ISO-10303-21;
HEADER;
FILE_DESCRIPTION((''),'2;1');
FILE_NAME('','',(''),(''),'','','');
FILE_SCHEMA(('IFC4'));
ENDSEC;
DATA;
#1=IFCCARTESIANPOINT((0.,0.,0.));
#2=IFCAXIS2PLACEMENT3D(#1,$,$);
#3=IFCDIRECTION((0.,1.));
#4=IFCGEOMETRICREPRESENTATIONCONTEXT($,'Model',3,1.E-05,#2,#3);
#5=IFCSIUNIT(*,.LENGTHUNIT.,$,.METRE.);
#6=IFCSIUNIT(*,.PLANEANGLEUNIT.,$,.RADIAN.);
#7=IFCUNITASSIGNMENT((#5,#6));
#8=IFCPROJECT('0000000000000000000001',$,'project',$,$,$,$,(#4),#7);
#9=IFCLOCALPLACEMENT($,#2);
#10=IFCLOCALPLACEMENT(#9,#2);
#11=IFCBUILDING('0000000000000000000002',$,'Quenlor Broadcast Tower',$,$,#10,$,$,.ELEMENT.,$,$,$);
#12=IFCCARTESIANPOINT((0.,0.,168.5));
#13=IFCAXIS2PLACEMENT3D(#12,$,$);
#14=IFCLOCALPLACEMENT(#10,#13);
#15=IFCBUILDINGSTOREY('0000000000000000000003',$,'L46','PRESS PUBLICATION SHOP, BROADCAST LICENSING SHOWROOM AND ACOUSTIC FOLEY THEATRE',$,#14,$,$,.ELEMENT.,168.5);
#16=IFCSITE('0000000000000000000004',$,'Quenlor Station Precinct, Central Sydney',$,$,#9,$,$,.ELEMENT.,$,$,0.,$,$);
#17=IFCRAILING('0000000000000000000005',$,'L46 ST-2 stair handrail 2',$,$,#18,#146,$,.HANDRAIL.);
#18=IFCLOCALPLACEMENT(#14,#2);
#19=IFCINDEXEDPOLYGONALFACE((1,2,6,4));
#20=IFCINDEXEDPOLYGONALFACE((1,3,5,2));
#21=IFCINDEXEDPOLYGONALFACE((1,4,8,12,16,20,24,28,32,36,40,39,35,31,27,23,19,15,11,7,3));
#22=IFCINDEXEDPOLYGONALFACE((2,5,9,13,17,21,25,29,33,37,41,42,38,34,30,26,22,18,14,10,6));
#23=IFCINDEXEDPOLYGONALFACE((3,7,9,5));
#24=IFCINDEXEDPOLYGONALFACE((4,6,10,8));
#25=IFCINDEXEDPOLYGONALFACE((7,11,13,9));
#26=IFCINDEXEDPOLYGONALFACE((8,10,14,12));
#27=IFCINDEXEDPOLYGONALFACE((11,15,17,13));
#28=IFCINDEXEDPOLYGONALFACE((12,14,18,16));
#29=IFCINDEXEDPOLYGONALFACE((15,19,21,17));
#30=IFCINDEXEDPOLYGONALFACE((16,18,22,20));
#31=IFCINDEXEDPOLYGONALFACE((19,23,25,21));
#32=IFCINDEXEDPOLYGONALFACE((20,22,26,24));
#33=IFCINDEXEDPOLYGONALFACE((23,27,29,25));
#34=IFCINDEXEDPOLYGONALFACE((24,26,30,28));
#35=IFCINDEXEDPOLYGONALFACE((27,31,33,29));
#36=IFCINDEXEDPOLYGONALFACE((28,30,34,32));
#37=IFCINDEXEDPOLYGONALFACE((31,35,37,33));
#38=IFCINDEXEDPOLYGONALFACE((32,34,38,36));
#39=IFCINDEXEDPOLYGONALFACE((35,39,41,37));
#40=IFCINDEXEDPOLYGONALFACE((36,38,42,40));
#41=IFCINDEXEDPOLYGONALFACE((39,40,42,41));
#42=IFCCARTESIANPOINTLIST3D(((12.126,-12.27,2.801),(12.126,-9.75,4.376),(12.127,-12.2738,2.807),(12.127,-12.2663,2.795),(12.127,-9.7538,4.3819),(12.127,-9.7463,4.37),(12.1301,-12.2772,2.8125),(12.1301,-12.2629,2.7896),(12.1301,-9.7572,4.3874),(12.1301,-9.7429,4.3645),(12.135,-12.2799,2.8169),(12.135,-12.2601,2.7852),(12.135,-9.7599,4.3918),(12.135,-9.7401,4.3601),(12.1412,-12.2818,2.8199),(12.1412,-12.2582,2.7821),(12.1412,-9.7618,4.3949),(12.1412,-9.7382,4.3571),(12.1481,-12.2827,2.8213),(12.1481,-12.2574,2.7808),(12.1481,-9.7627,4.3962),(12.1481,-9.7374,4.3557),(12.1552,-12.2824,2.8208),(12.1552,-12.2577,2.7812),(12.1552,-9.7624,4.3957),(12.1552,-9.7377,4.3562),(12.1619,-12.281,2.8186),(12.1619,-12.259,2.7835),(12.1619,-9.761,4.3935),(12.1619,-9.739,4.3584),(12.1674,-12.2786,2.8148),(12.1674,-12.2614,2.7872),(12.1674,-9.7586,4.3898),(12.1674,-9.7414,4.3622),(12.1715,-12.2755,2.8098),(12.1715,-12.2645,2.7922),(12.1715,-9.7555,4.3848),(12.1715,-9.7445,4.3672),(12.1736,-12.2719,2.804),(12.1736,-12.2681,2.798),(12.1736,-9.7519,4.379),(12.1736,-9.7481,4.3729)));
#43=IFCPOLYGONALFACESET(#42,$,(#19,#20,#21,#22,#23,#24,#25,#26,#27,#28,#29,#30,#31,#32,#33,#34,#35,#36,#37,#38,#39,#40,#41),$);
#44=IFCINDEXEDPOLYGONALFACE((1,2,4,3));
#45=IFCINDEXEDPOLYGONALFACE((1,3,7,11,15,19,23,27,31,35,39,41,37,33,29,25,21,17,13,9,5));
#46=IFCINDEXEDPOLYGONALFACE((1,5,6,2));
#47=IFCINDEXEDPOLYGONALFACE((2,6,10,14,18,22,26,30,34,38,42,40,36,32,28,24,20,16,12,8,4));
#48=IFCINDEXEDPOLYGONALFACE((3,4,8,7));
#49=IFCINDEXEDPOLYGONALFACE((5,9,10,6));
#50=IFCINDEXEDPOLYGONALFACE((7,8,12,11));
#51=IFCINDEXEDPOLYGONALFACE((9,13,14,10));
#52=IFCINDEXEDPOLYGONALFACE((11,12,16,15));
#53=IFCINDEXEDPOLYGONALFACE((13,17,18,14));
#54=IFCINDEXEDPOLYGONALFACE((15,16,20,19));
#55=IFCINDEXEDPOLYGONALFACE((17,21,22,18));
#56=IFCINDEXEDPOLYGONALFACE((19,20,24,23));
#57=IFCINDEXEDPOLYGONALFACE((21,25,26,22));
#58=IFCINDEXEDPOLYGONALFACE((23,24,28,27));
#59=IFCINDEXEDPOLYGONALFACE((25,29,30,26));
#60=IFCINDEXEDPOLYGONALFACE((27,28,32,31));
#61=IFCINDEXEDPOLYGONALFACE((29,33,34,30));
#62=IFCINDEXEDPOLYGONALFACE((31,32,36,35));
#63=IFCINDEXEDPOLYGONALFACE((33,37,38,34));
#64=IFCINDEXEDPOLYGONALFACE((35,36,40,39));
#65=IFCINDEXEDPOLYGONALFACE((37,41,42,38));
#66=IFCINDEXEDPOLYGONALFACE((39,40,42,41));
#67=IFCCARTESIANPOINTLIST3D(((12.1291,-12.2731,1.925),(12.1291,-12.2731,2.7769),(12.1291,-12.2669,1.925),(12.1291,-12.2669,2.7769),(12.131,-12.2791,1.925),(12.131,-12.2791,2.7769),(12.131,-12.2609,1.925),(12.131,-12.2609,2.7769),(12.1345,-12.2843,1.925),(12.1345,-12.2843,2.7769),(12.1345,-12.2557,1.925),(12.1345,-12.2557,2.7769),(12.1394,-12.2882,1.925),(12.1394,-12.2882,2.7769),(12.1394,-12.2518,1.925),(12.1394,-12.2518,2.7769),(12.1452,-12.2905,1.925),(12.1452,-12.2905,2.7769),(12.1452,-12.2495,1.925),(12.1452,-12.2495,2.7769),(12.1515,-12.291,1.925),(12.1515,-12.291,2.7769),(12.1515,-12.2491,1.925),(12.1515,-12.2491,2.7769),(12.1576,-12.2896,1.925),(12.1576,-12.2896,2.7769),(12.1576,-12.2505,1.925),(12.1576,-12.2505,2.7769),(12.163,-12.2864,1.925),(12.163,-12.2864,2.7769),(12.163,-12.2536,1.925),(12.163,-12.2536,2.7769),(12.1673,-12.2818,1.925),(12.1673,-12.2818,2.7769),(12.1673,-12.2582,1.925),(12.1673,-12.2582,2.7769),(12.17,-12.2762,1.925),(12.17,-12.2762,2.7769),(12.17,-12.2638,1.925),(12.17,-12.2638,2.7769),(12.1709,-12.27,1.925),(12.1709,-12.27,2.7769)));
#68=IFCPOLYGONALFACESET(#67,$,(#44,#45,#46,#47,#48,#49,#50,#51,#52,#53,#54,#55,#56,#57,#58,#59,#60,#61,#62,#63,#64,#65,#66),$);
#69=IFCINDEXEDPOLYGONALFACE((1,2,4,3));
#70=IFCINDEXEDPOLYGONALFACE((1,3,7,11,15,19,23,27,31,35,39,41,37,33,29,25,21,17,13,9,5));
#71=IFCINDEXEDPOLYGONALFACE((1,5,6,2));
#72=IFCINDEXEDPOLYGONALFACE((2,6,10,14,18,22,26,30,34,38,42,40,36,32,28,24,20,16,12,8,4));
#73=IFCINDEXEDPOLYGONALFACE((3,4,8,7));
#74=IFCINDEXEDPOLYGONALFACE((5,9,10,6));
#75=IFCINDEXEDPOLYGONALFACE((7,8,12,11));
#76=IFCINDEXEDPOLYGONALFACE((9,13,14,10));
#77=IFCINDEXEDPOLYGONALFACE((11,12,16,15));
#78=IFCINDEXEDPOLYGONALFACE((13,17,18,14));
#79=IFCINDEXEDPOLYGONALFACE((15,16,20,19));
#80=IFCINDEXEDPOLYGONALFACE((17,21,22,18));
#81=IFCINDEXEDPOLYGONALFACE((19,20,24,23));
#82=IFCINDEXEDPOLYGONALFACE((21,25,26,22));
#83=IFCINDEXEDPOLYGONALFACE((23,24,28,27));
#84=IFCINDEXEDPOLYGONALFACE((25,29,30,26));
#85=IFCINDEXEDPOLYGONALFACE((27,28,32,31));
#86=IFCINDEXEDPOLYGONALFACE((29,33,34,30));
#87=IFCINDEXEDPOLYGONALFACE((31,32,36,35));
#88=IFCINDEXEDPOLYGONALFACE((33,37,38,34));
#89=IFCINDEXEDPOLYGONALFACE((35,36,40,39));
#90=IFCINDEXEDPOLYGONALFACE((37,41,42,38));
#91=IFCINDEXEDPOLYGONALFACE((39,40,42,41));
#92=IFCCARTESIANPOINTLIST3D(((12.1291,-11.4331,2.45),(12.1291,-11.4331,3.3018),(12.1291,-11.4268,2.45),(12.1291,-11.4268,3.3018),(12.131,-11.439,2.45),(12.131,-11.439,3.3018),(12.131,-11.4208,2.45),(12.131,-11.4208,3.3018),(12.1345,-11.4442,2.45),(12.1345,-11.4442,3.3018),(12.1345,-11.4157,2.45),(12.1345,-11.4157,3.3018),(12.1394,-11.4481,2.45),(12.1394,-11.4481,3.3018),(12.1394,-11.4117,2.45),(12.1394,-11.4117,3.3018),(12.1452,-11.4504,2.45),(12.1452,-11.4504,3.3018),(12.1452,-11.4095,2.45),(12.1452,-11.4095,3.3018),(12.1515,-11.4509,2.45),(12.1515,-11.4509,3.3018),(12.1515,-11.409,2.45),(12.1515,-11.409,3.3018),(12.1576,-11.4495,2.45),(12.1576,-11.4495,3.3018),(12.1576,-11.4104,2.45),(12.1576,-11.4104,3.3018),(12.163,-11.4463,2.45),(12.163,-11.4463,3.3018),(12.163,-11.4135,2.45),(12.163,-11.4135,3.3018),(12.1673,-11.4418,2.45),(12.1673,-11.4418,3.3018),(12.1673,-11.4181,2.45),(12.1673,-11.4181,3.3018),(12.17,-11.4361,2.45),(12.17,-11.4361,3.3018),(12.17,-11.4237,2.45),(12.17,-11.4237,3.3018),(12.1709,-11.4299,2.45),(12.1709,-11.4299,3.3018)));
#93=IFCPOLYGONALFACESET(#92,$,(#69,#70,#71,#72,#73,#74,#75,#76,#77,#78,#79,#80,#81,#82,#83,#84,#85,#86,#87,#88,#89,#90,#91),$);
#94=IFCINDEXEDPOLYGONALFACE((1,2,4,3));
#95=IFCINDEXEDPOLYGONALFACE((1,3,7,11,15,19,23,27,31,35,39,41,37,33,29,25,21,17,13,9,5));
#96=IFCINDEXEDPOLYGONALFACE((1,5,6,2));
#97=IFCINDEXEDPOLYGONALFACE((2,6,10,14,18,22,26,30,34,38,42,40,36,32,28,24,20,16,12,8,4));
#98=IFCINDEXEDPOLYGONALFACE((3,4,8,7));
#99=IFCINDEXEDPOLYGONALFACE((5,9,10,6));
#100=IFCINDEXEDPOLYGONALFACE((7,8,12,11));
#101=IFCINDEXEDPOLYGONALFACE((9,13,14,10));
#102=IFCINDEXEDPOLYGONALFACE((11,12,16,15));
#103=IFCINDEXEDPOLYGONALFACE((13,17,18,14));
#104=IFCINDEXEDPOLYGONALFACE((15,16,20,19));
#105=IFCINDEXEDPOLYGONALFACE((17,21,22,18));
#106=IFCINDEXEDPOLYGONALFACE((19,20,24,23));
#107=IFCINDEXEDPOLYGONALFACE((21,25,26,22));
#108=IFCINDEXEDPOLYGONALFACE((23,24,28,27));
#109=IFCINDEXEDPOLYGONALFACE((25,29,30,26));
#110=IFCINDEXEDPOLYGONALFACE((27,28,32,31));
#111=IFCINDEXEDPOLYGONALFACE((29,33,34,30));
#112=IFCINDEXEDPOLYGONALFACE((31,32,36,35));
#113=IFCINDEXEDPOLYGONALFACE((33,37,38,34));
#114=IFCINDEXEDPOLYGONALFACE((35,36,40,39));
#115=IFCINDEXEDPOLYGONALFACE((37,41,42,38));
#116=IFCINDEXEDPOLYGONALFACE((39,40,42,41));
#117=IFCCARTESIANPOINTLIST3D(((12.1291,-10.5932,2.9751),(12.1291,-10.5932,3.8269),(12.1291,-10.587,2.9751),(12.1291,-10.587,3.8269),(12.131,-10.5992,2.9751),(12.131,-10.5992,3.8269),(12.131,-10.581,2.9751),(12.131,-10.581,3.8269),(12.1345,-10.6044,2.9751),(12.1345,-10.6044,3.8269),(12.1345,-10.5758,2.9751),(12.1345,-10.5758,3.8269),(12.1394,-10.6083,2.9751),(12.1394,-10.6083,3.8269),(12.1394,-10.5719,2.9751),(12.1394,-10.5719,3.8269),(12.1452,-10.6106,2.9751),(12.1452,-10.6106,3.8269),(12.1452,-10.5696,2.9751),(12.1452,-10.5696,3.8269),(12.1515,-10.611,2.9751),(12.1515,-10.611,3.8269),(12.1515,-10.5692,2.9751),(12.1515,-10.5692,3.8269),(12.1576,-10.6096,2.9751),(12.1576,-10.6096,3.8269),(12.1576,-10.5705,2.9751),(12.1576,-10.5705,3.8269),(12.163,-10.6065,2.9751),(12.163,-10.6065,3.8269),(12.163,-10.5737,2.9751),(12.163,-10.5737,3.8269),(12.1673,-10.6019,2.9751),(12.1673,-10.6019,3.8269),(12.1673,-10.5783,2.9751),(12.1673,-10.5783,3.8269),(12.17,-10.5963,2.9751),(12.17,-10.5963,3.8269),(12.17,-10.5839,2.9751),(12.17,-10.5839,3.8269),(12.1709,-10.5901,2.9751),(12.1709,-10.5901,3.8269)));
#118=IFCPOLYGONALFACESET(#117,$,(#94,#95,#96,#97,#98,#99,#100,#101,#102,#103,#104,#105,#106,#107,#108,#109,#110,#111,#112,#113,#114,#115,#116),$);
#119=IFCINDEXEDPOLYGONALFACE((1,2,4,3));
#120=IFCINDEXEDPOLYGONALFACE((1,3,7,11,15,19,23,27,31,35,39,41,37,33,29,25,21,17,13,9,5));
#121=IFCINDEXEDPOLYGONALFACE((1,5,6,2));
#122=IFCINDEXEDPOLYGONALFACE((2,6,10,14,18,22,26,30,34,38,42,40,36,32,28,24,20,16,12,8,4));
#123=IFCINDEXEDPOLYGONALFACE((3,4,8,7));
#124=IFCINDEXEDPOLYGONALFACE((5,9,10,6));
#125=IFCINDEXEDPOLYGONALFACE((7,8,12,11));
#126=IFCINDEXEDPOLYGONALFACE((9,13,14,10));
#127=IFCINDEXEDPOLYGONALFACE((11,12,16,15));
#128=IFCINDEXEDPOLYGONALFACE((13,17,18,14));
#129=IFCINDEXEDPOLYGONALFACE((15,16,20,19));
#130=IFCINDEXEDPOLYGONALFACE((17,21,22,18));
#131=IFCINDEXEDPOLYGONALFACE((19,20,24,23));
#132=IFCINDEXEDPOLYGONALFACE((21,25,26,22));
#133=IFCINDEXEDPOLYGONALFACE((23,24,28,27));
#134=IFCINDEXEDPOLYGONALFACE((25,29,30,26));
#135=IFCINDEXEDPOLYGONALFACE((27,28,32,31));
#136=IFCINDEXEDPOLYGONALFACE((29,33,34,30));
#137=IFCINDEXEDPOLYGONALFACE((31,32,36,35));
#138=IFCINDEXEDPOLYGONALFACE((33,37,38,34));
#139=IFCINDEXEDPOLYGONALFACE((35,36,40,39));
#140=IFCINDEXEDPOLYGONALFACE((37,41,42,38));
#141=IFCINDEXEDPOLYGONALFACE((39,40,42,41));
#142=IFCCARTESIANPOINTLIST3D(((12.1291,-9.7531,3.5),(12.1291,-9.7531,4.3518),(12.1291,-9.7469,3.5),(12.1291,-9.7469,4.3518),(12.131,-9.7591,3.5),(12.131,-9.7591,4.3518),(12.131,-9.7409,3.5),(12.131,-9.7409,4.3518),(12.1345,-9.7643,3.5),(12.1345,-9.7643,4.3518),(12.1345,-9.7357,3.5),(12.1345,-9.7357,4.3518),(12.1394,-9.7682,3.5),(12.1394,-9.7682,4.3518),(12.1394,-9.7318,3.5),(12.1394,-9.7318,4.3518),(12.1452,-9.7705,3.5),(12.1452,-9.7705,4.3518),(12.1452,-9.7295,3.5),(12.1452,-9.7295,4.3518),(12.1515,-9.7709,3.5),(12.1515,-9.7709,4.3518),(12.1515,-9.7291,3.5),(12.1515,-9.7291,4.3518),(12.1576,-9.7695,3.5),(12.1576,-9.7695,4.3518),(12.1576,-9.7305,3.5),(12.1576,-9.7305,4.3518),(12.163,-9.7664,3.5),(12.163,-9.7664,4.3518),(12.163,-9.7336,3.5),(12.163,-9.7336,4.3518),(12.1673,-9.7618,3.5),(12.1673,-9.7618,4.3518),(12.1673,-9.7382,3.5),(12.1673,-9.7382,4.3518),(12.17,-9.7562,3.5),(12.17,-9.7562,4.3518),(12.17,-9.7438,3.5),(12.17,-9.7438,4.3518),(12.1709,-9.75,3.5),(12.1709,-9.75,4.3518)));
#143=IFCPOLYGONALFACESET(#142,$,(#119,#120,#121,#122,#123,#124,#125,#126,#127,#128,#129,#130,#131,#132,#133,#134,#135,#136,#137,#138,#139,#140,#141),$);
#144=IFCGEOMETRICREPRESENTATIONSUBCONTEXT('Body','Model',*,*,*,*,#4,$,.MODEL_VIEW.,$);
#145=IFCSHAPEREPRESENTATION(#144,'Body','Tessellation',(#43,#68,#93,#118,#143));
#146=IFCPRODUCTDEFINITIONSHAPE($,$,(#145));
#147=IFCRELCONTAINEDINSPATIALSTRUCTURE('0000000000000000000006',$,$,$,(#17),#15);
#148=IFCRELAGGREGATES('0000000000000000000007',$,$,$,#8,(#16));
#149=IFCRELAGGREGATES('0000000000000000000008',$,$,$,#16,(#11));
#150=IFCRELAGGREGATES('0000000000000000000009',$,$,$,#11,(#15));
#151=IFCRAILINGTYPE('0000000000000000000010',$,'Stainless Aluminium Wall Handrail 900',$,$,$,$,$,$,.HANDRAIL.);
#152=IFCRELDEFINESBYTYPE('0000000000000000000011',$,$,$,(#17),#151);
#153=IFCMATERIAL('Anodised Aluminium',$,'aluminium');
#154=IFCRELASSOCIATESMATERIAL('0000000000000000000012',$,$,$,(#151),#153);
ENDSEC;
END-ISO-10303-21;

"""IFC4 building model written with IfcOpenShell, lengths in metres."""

from ifc_helpers import new_model, si_unit, direction, frame, origin, origin_2d, place, context, subcontext, project, spatial, circle, extrude, material, type_object, element, save


model = new_model("IFC4")

# Units and contexts
model_context = context("Model", 3, precision=1e-05, world=origin(), true_north=direction((0.0, 1.0)))
body_context = subcontext(model_context, "Body", "Model", "MODEL_VIEW")
ifc_project = project(units=[si_unit("LENGTHUNIT", "METRE"), si_unit("PLANEANGLEUNIT", "RADIAN")], contexts=[model_context])

# Site, building, storey
site_placement = place(None, origin())
site = spatial("IfcSite", under=ifc_project, at=site_placement, Name="Quenlor Station Precinct, Central Sydney", CompositionType="ELEMENT", RefElevation=0.0)
building_placement = place(site_placement, origin())
building = spatial("IfcBuilding", under=site, at=building_placement, Name="Quenlor Broadcast Tower", CompositionType="ELEMENT")
storey_placement = place(building_placement, frame((0.0, 0.0, 168.5)))
storey = spatial("IfcBuildingStorey", under=building, at=storey_placement, Name="L46", Description="PRESS PUBLICATION SHOP, BROADCAST LICENSING SHOWROOM AND ACOUSTIC FOLEY THEATRE", CompositionType="ELEMENT", Elevation=168.5)

# Railing
ifc_material_1 = material(Name="Anodised Aluminium", Category="aluminium")
railing_type_1 = type_object("IfcRailingType", Name="Stainless Aluminium Wall Handrail 900", PredefinedType="HANDRAIL", material=ifc_material_1)
railing_1_placement = place(storey_placement, frame((12.1499, -12.27, 1.925)))
element("IfcRailing", 1, at=railing_1_placement, inside=storey, type_object=railing_type_1, Name="L46 ST-2 stair handrail 2", PredefinedType="HANDRAIL", context=body_context, shape_type="SweptSolid", body=[
    extrude(circle(Radius=0.0239, at=origin_2d()), frame((0.0, 0.0, 0.876), z_axis=(0.0, 0.848008, 0.529984), x_axis=(-1.0, 0.0, 0.0)), (0.0, 0.0, 1.0), 2.9717),
    extrude(circle(Radius=0.021, at=origin_2d()), origin(), (0.0, 0.0, 1.0), 0.8518),
    extrude(circle(Radius=0.021, at=origin_2d()), frame((0.0, 0.8401, 0.5249)), (0.0, 0.0, 1.0), 0.8518),
    extrude(circle(Radius=0.021, at=origin_2d()), frame((0.0, 1.6799, 1.05)), (0.0, 0.0, 1.0), 0.8518),
    extrude(circle(Radius=0.021, at=origin_2d()), frame((0.0, 2.52, 1.575)), (0.0, 0.0, 1.0), 0.8518),
])

save(model, "model.ifc")
